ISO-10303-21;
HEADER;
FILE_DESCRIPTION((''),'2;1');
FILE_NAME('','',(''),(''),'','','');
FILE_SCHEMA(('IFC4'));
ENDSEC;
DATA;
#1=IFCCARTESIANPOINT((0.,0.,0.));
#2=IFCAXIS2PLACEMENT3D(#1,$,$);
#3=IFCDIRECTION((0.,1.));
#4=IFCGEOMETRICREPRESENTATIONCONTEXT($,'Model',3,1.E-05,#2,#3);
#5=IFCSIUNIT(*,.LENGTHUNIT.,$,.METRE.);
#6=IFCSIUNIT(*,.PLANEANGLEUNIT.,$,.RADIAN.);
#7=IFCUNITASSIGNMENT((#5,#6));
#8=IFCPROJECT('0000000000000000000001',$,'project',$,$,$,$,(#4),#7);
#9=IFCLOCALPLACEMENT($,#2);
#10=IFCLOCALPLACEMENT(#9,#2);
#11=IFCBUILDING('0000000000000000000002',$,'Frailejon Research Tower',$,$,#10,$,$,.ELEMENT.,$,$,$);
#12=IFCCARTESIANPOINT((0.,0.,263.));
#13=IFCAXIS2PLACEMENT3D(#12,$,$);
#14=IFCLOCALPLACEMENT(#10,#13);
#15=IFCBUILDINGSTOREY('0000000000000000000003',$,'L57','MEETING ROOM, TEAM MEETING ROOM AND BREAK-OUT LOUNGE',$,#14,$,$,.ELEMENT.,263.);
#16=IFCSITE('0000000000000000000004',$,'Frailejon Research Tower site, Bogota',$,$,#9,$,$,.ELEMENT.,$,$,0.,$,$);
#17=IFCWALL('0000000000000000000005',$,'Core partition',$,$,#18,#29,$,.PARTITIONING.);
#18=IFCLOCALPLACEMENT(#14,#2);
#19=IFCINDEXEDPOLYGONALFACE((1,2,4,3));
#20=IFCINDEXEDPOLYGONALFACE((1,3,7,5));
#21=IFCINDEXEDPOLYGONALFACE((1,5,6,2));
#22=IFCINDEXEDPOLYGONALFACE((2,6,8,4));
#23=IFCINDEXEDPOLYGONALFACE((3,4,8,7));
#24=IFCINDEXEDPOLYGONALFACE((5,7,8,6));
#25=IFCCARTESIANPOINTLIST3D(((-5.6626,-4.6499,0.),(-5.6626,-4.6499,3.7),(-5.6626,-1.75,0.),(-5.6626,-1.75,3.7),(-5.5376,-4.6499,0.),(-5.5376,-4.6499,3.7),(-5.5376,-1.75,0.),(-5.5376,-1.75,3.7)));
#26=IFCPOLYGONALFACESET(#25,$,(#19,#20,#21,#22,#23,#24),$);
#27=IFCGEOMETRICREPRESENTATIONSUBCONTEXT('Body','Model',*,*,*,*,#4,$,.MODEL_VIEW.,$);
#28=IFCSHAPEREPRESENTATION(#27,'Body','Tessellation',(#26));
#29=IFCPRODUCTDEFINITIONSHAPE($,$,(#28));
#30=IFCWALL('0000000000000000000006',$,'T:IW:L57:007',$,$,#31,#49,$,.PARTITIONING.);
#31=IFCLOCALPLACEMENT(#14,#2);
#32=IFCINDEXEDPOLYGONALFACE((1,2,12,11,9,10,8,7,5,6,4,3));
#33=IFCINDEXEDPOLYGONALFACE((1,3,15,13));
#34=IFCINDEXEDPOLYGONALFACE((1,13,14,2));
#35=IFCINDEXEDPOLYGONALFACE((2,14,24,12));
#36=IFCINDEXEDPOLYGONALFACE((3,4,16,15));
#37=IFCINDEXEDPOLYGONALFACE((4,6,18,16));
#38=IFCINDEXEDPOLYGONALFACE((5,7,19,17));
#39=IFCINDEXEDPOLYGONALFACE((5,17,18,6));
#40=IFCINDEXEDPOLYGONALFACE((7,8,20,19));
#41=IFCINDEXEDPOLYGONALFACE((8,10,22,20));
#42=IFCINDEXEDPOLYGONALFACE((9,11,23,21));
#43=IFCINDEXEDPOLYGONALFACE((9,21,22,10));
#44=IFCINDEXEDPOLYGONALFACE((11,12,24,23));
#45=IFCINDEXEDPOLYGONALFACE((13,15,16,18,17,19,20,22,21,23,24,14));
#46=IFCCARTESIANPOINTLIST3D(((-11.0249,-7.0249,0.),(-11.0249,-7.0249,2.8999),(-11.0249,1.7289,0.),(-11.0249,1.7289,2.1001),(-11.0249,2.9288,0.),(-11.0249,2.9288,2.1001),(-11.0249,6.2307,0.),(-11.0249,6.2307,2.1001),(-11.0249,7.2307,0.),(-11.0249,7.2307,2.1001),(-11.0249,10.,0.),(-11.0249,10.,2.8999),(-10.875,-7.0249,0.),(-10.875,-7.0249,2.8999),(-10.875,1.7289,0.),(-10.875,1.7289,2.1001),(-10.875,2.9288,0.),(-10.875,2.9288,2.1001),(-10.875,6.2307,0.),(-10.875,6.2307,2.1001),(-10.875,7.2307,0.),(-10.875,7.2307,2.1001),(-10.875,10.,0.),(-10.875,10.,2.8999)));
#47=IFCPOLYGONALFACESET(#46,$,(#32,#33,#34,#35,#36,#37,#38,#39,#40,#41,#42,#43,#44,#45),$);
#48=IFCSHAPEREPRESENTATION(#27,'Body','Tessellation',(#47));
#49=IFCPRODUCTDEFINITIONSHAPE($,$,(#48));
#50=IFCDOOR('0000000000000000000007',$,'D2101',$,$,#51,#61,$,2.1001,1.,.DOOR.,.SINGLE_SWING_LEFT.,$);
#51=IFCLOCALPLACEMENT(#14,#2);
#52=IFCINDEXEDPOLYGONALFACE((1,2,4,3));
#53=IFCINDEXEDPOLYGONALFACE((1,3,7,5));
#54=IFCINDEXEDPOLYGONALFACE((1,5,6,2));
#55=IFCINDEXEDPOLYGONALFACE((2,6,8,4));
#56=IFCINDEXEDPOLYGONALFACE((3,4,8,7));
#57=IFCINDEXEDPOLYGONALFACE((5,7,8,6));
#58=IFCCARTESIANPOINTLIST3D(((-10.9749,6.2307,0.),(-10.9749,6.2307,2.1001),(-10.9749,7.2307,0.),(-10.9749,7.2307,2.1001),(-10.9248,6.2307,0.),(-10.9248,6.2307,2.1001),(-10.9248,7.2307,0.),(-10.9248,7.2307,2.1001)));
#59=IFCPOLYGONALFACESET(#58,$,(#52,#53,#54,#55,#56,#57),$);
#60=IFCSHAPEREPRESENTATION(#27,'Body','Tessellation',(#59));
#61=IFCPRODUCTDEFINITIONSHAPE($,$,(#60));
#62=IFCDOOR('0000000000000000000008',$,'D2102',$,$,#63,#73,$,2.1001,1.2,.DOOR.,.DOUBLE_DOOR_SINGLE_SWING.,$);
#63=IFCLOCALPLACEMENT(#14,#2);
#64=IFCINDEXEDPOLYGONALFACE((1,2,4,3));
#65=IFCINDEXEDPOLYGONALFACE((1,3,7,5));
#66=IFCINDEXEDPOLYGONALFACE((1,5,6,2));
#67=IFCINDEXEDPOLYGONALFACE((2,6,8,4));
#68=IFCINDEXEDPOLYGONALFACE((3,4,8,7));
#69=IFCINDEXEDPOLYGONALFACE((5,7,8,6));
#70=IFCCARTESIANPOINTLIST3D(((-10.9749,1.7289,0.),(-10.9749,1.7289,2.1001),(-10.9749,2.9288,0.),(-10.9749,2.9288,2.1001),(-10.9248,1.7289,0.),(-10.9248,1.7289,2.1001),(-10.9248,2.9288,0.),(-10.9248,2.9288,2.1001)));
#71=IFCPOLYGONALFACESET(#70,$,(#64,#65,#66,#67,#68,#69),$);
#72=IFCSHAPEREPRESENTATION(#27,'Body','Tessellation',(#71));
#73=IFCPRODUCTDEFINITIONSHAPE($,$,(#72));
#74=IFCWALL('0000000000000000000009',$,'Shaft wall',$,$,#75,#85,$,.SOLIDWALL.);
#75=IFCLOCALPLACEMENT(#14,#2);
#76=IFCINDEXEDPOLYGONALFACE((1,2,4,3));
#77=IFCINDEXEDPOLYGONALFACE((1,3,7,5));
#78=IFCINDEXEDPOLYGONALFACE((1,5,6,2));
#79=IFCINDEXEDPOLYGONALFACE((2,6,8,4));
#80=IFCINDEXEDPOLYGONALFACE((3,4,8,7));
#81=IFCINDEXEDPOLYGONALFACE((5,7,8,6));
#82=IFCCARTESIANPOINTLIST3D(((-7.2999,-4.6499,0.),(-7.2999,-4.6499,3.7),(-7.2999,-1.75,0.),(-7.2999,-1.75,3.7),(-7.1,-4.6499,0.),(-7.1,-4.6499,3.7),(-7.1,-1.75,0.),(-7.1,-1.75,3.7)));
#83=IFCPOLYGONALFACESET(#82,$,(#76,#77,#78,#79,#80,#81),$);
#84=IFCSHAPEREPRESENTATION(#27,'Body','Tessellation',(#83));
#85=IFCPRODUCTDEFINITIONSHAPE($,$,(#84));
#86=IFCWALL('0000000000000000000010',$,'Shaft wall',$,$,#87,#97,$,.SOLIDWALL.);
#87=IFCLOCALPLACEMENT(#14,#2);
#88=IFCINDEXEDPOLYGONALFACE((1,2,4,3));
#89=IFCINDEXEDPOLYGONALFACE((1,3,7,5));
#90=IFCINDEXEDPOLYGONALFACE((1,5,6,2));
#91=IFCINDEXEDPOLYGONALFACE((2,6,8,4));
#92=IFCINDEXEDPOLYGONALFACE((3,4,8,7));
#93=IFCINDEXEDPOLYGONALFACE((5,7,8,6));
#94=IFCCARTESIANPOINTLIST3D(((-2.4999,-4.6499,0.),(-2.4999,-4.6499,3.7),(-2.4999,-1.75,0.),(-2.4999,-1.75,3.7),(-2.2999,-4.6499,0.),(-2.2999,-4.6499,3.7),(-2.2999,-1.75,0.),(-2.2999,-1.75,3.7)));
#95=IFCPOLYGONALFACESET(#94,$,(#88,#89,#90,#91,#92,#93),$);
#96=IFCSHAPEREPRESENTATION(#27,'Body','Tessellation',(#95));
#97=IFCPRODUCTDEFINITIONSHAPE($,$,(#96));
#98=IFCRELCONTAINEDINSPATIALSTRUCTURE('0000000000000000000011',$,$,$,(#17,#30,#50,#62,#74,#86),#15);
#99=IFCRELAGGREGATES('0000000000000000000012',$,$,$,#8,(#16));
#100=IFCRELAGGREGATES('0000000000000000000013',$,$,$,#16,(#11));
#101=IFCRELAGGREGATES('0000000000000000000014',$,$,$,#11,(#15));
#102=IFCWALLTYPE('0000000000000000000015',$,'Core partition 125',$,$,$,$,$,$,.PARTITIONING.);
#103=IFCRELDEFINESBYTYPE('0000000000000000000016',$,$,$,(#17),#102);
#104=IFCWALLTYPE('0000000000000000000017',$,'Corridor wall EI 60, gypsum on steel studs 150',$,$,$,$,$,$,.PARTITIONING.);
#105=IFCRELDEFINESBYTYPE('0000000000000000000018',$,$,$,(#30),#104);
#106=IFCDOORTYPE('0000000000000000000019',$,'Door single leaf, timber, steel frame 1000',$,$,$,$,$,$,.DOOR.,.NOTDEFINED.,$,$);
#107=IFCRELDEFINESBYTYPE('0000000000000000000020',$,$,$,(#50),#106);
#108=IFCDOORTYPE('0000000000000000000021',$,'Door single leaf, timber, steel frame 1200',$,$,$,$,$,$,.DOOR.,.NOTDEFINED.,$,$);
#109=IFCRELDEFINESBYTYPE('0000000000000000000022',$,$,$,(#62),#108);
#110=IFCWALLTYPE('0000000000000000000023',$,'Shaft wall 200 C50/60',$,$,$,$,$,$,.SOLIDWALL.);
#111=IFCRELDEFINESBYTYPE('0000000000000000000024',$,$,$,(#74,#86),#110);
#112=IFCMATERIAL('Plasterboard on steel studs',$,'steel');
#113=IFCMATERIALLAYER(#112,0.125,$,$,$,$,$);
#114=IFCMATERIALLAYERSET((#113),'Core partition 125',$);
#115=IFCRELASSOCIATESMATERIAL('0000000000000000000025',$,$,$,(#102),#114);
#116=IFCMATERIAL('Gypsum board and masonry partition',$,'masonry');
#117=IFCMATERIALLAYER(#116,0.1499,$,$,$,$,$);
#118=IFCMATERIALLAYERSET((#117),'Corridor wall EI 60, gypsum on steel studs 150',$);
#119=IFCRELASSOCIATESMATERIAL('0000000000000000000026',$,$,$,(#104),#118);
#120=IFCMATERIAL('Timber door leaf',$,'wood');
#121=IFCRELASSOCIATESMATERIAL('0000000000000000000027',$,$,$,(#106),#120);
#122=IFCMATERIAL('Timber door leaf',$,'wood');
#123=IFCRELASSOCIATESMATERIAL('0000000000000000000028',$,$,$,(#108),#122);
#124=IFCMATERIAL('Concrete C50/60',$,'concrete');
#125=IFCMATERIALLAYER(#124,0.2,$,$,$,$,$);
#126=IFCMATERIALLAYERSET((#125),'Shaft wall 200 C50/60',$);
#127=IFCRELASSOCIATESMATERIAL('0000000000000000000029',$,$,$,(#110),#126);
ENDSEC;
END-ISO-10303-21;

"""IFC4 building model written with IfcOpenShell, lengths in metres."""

from ifc_helpers import new_model, si_unit, direction, frame, frame_2d, origin, place, context, subcontext, project, spatial, rectangle, extrude, material, layer, layer_set, type_object, element, fill, save


model = new_model("IFC4")

# Units and contexts
model_context = context("Model", 3, precision=1e-05, world=origin(), true_north=direction((0.0, 1.0)))
body_context = subcontext(model_context, "Body", "Model", "MODEL_VIEW")
ifc_project = project(units=[si_unit("LENGTHUNIT", "METRE"), si_unit("PLANEANGLEUNIT", "RADIAN")], contexts=[model_context])

# Site, building, storey
site_placement = place(None, origin())
site = spatial("IfcSite", under=ifc_project, at=site_placement, Name="Frailejon Research Tower site, Bogota", CompositionType="ELEMENT", RefElevation=0.0)
building_placement = place(site_placement, origin())
building = spatial("IfcBuilding", under=site, at=building_placement, Name="Frailejon Research Tower", CompositionType="ELEMENT")
storey_placement = place(building_placement, frame((0.0, 0.0, 263.0)))
storey = spatial("IfcBuildingStorey", under=building, at=storey_placement, Name="L57", Description="MEETING ROOM, TEAM MEETING ROOM AND BREAK-OUT LOUNGE", CompositionType="ELEMENT", Elevation=263.0)

# Wall
ifc_material_1 = material(Name="Plasterboard on steel studs", Category="steel")
ifc_layer_1 = layer(ifc_material_1, 0.125)
ifc_layer_set_1 = layer_set([ifc_layer_1], Name="Core partition 125")
wall_type_1 = type_object("IfcWallType", Name="Core partition 125", PredefinedType="PARTITIONING", material=ifc_layer_set_1)
wall_1_placement = place(storey_placement, frame((-5.6001, -4.6499, 0.0), z_axis=(0.0, 0.0, 1.0), x_axis=(0.0, 1.0, 0.0)))
element("IfcWall", 1, at=wall_1_placement, inside=storey, type_object=wall_type_1, Name="Core partition", PredefinedType="PARTITIONING", context=body_context, shape_type="SweptSolid", body=[
    extrude(rectangle(XDim=2.8999, YDim=0.125, at=frame_2d((1.45, 0.0))), origin(), (0.0, 0.0, 1.0), 3.7),
])

# Wall, openings, doors
ifc_material_2 = material(Name="Gypsum board and masonry partition", Category="masonry")
ifc_layer_2 = layer(ifc_material_2, 0.1499)
ifc_layer_set_2 = layer_set([ifc_layer_2], Name="Corridor wall EI 60, gypsum on steel studs 150")
wall_type_2 = type_object("IfcWallType", Name="Corridor wall EI 60, gypsum on steel studs 150", PredefinedType="PARTITIONING", material=ifc_layer_set_2)
wall_2_placement = place(storey_placement, frame((-10.95, -7.0249, 0.0), z_axis=(0.0, 0.0, 1.0), x_axis=(0.0, 1.0, 0.0)))
wall_2 = element("IfcWall", 2, at=wall_2_placement, inside=storey, type_object=wall_type_2, Name="T:IW:L57:007", PredefinedType="PARTITIONING", context=body_context, shape_type="SweptSolid", body=[
    extrude(rectangle(XDim=17.0249, YDim=0.1499, at=frame_2d((8.5125, 0.0))), origin(), (0.0, 0.0, 1.0), 2.8999),
])
opening_1_placement = place(wall_2_placement, frame((13.2556, 0.0, 0.0)))
opening_1 = element("IfcOpeningElement", 3, at=opening_1_placement, cuts=wall_2, PredefinedType="OPENING", context=body_context, shape_type="SweptSolid", body=[
    extrude(rectangle(XDim=1.0, YDim=2.1001, at=frame_2d((0.5, 1.05))), frame((0.0, 0.085, 0.0), z_axis=(0.0, -1.0, 0.0), x_axis=(1.0, 0.0, 0.0)), (0.0, 0.0, 1.0), 0.1699),
])
opening_2_placement = place(wall_2_placement, frame((8.7537, 0.0, 0.0)))
opening_2 = element("IfcOpeningElement", 4, at=opening_2_placement, cuts=wall_2, PredefinedType="OPENING", context=body_context, shape_type="SweptSolid", body=[
    extrude(rectangle(XDim=1.2, YDim=2.1001, at=frame_2d((0.6001, 1.05))), frame((0.0, 0.085, 0.0), z_axis=(0.0, -1.0, 0.0), x_axis=(1.0, 0.0, 0.0)), (0.0, 0.0, 1.0), 0.1699),
])
ifc_material_3 = material(Name="Timber door leaf", Category="wood")
door_type_1 = type_object("IfcDoorType", Name="Door single leaf, timber, steel frame 1000", OperationType="NOTDEFINED", PredefinedType="DOOR", material=ifc_material_3)
door_1_placement = place(opening_1_placement, origin())
door_1 = element("IfcDoor", 5, at=door_1_placement, inside=storey, type_object=door_type_1, Name="D2101", OperationType="SINGLE_SWING_LEFT", OverallHeight=2.1001, OverallWidth=1.0, PredefinedType="DOOR", context=body_context, shape_type="SweptSolid", body=[
    extrude(rectangle(XDim=1.0, YDim=2.1001, at=frame_2d((0.5, 1.05))), frame((0.0, 0.0249, 0.0), z_axis=(0.0, -1.0, 0.0), x_axis=(1.0, 0.0, 0.0)), (0.0, 0.0, 1.0), 0.05),
])
fill(opening_1, door_1)
ifc_material_4 = material(Name="Timber door leaf", Category="wood")
door_type_2 = type_object("IfcDoorType", Name="Door single leaf, timber, steel frame 1200", OperationType="NOTDEFINED", PredefinedType="DOOR", material=ifc_material_4)
door_2_placement = place(opening_2_placement, origin())
door_2 = element("IfcDoor", 6, at=door_2_placement, inside=storey, type_object=door_type_2, Name="D2102", OperationType="DOUBLE_DOOR_SINGLE_SWING", OverallHeight=2.1001, OverallWidth=1.2, PredefinedType="DOOR", context=body_context, shape_type="SweptSolid", body=[
    extrude(rectangle(XDim=1.2, YDim=2.1001, at=frame_2d((0.6001, 1.05))), frame((0.0, 0.0249, 0.0), z_axis=(0.0, -1.0, 0.0), x_axis=(1.0, 0.0, 0.0)), (0.0, 0.0, 1.0), 0.05),
])
fill(opening_2, door_2)

# Walls
ifc_material_5 = material(Name="Concrete C50/60", Category="concrete")
ifc_layer_3 = layer(ifc_material_5, 0.2)
ifc_layer_set_3 = layer_set([ifc_layer_3], Name="Shaft wall 200 C50/60")
wall_type_3 = type_object("IfcWallType", Name="Shaft wall 200 C50/60", PredefinedType="SOLIDWALL", material=ifc_layer_set_3)
for number, where, z_axis, x_axis, name in (
    (7, (-7.2, -4.6499, 0.0), (0.0, 0.0, 1.0), (0.0, 1.0, 0.0), "Shaft wall"),
    (8, (-2.3999, -4.6499, 0.0), (0.0, 0.0, 1.0), (0.0, 1.0, 0.0), "Shaft wall"),
):
    element("IfcWall", number, at=place(storey_placement, frame(where, z_axis=z_axis, x_axis=x_axis)), inside=storey, type_object=wall_type_3, Name=name, PredefinedType="SOLIDWALL", context=body_context, shape_type="SweptSolid", body=[
        extrude(rectangle(XDim=2.8999, YDim=0.2, at=frame_2d((1.45, 0.0))), origin(), (0.0, 0.0, 1.0), 3.7),
    ])

save(model, "model.ifc")
